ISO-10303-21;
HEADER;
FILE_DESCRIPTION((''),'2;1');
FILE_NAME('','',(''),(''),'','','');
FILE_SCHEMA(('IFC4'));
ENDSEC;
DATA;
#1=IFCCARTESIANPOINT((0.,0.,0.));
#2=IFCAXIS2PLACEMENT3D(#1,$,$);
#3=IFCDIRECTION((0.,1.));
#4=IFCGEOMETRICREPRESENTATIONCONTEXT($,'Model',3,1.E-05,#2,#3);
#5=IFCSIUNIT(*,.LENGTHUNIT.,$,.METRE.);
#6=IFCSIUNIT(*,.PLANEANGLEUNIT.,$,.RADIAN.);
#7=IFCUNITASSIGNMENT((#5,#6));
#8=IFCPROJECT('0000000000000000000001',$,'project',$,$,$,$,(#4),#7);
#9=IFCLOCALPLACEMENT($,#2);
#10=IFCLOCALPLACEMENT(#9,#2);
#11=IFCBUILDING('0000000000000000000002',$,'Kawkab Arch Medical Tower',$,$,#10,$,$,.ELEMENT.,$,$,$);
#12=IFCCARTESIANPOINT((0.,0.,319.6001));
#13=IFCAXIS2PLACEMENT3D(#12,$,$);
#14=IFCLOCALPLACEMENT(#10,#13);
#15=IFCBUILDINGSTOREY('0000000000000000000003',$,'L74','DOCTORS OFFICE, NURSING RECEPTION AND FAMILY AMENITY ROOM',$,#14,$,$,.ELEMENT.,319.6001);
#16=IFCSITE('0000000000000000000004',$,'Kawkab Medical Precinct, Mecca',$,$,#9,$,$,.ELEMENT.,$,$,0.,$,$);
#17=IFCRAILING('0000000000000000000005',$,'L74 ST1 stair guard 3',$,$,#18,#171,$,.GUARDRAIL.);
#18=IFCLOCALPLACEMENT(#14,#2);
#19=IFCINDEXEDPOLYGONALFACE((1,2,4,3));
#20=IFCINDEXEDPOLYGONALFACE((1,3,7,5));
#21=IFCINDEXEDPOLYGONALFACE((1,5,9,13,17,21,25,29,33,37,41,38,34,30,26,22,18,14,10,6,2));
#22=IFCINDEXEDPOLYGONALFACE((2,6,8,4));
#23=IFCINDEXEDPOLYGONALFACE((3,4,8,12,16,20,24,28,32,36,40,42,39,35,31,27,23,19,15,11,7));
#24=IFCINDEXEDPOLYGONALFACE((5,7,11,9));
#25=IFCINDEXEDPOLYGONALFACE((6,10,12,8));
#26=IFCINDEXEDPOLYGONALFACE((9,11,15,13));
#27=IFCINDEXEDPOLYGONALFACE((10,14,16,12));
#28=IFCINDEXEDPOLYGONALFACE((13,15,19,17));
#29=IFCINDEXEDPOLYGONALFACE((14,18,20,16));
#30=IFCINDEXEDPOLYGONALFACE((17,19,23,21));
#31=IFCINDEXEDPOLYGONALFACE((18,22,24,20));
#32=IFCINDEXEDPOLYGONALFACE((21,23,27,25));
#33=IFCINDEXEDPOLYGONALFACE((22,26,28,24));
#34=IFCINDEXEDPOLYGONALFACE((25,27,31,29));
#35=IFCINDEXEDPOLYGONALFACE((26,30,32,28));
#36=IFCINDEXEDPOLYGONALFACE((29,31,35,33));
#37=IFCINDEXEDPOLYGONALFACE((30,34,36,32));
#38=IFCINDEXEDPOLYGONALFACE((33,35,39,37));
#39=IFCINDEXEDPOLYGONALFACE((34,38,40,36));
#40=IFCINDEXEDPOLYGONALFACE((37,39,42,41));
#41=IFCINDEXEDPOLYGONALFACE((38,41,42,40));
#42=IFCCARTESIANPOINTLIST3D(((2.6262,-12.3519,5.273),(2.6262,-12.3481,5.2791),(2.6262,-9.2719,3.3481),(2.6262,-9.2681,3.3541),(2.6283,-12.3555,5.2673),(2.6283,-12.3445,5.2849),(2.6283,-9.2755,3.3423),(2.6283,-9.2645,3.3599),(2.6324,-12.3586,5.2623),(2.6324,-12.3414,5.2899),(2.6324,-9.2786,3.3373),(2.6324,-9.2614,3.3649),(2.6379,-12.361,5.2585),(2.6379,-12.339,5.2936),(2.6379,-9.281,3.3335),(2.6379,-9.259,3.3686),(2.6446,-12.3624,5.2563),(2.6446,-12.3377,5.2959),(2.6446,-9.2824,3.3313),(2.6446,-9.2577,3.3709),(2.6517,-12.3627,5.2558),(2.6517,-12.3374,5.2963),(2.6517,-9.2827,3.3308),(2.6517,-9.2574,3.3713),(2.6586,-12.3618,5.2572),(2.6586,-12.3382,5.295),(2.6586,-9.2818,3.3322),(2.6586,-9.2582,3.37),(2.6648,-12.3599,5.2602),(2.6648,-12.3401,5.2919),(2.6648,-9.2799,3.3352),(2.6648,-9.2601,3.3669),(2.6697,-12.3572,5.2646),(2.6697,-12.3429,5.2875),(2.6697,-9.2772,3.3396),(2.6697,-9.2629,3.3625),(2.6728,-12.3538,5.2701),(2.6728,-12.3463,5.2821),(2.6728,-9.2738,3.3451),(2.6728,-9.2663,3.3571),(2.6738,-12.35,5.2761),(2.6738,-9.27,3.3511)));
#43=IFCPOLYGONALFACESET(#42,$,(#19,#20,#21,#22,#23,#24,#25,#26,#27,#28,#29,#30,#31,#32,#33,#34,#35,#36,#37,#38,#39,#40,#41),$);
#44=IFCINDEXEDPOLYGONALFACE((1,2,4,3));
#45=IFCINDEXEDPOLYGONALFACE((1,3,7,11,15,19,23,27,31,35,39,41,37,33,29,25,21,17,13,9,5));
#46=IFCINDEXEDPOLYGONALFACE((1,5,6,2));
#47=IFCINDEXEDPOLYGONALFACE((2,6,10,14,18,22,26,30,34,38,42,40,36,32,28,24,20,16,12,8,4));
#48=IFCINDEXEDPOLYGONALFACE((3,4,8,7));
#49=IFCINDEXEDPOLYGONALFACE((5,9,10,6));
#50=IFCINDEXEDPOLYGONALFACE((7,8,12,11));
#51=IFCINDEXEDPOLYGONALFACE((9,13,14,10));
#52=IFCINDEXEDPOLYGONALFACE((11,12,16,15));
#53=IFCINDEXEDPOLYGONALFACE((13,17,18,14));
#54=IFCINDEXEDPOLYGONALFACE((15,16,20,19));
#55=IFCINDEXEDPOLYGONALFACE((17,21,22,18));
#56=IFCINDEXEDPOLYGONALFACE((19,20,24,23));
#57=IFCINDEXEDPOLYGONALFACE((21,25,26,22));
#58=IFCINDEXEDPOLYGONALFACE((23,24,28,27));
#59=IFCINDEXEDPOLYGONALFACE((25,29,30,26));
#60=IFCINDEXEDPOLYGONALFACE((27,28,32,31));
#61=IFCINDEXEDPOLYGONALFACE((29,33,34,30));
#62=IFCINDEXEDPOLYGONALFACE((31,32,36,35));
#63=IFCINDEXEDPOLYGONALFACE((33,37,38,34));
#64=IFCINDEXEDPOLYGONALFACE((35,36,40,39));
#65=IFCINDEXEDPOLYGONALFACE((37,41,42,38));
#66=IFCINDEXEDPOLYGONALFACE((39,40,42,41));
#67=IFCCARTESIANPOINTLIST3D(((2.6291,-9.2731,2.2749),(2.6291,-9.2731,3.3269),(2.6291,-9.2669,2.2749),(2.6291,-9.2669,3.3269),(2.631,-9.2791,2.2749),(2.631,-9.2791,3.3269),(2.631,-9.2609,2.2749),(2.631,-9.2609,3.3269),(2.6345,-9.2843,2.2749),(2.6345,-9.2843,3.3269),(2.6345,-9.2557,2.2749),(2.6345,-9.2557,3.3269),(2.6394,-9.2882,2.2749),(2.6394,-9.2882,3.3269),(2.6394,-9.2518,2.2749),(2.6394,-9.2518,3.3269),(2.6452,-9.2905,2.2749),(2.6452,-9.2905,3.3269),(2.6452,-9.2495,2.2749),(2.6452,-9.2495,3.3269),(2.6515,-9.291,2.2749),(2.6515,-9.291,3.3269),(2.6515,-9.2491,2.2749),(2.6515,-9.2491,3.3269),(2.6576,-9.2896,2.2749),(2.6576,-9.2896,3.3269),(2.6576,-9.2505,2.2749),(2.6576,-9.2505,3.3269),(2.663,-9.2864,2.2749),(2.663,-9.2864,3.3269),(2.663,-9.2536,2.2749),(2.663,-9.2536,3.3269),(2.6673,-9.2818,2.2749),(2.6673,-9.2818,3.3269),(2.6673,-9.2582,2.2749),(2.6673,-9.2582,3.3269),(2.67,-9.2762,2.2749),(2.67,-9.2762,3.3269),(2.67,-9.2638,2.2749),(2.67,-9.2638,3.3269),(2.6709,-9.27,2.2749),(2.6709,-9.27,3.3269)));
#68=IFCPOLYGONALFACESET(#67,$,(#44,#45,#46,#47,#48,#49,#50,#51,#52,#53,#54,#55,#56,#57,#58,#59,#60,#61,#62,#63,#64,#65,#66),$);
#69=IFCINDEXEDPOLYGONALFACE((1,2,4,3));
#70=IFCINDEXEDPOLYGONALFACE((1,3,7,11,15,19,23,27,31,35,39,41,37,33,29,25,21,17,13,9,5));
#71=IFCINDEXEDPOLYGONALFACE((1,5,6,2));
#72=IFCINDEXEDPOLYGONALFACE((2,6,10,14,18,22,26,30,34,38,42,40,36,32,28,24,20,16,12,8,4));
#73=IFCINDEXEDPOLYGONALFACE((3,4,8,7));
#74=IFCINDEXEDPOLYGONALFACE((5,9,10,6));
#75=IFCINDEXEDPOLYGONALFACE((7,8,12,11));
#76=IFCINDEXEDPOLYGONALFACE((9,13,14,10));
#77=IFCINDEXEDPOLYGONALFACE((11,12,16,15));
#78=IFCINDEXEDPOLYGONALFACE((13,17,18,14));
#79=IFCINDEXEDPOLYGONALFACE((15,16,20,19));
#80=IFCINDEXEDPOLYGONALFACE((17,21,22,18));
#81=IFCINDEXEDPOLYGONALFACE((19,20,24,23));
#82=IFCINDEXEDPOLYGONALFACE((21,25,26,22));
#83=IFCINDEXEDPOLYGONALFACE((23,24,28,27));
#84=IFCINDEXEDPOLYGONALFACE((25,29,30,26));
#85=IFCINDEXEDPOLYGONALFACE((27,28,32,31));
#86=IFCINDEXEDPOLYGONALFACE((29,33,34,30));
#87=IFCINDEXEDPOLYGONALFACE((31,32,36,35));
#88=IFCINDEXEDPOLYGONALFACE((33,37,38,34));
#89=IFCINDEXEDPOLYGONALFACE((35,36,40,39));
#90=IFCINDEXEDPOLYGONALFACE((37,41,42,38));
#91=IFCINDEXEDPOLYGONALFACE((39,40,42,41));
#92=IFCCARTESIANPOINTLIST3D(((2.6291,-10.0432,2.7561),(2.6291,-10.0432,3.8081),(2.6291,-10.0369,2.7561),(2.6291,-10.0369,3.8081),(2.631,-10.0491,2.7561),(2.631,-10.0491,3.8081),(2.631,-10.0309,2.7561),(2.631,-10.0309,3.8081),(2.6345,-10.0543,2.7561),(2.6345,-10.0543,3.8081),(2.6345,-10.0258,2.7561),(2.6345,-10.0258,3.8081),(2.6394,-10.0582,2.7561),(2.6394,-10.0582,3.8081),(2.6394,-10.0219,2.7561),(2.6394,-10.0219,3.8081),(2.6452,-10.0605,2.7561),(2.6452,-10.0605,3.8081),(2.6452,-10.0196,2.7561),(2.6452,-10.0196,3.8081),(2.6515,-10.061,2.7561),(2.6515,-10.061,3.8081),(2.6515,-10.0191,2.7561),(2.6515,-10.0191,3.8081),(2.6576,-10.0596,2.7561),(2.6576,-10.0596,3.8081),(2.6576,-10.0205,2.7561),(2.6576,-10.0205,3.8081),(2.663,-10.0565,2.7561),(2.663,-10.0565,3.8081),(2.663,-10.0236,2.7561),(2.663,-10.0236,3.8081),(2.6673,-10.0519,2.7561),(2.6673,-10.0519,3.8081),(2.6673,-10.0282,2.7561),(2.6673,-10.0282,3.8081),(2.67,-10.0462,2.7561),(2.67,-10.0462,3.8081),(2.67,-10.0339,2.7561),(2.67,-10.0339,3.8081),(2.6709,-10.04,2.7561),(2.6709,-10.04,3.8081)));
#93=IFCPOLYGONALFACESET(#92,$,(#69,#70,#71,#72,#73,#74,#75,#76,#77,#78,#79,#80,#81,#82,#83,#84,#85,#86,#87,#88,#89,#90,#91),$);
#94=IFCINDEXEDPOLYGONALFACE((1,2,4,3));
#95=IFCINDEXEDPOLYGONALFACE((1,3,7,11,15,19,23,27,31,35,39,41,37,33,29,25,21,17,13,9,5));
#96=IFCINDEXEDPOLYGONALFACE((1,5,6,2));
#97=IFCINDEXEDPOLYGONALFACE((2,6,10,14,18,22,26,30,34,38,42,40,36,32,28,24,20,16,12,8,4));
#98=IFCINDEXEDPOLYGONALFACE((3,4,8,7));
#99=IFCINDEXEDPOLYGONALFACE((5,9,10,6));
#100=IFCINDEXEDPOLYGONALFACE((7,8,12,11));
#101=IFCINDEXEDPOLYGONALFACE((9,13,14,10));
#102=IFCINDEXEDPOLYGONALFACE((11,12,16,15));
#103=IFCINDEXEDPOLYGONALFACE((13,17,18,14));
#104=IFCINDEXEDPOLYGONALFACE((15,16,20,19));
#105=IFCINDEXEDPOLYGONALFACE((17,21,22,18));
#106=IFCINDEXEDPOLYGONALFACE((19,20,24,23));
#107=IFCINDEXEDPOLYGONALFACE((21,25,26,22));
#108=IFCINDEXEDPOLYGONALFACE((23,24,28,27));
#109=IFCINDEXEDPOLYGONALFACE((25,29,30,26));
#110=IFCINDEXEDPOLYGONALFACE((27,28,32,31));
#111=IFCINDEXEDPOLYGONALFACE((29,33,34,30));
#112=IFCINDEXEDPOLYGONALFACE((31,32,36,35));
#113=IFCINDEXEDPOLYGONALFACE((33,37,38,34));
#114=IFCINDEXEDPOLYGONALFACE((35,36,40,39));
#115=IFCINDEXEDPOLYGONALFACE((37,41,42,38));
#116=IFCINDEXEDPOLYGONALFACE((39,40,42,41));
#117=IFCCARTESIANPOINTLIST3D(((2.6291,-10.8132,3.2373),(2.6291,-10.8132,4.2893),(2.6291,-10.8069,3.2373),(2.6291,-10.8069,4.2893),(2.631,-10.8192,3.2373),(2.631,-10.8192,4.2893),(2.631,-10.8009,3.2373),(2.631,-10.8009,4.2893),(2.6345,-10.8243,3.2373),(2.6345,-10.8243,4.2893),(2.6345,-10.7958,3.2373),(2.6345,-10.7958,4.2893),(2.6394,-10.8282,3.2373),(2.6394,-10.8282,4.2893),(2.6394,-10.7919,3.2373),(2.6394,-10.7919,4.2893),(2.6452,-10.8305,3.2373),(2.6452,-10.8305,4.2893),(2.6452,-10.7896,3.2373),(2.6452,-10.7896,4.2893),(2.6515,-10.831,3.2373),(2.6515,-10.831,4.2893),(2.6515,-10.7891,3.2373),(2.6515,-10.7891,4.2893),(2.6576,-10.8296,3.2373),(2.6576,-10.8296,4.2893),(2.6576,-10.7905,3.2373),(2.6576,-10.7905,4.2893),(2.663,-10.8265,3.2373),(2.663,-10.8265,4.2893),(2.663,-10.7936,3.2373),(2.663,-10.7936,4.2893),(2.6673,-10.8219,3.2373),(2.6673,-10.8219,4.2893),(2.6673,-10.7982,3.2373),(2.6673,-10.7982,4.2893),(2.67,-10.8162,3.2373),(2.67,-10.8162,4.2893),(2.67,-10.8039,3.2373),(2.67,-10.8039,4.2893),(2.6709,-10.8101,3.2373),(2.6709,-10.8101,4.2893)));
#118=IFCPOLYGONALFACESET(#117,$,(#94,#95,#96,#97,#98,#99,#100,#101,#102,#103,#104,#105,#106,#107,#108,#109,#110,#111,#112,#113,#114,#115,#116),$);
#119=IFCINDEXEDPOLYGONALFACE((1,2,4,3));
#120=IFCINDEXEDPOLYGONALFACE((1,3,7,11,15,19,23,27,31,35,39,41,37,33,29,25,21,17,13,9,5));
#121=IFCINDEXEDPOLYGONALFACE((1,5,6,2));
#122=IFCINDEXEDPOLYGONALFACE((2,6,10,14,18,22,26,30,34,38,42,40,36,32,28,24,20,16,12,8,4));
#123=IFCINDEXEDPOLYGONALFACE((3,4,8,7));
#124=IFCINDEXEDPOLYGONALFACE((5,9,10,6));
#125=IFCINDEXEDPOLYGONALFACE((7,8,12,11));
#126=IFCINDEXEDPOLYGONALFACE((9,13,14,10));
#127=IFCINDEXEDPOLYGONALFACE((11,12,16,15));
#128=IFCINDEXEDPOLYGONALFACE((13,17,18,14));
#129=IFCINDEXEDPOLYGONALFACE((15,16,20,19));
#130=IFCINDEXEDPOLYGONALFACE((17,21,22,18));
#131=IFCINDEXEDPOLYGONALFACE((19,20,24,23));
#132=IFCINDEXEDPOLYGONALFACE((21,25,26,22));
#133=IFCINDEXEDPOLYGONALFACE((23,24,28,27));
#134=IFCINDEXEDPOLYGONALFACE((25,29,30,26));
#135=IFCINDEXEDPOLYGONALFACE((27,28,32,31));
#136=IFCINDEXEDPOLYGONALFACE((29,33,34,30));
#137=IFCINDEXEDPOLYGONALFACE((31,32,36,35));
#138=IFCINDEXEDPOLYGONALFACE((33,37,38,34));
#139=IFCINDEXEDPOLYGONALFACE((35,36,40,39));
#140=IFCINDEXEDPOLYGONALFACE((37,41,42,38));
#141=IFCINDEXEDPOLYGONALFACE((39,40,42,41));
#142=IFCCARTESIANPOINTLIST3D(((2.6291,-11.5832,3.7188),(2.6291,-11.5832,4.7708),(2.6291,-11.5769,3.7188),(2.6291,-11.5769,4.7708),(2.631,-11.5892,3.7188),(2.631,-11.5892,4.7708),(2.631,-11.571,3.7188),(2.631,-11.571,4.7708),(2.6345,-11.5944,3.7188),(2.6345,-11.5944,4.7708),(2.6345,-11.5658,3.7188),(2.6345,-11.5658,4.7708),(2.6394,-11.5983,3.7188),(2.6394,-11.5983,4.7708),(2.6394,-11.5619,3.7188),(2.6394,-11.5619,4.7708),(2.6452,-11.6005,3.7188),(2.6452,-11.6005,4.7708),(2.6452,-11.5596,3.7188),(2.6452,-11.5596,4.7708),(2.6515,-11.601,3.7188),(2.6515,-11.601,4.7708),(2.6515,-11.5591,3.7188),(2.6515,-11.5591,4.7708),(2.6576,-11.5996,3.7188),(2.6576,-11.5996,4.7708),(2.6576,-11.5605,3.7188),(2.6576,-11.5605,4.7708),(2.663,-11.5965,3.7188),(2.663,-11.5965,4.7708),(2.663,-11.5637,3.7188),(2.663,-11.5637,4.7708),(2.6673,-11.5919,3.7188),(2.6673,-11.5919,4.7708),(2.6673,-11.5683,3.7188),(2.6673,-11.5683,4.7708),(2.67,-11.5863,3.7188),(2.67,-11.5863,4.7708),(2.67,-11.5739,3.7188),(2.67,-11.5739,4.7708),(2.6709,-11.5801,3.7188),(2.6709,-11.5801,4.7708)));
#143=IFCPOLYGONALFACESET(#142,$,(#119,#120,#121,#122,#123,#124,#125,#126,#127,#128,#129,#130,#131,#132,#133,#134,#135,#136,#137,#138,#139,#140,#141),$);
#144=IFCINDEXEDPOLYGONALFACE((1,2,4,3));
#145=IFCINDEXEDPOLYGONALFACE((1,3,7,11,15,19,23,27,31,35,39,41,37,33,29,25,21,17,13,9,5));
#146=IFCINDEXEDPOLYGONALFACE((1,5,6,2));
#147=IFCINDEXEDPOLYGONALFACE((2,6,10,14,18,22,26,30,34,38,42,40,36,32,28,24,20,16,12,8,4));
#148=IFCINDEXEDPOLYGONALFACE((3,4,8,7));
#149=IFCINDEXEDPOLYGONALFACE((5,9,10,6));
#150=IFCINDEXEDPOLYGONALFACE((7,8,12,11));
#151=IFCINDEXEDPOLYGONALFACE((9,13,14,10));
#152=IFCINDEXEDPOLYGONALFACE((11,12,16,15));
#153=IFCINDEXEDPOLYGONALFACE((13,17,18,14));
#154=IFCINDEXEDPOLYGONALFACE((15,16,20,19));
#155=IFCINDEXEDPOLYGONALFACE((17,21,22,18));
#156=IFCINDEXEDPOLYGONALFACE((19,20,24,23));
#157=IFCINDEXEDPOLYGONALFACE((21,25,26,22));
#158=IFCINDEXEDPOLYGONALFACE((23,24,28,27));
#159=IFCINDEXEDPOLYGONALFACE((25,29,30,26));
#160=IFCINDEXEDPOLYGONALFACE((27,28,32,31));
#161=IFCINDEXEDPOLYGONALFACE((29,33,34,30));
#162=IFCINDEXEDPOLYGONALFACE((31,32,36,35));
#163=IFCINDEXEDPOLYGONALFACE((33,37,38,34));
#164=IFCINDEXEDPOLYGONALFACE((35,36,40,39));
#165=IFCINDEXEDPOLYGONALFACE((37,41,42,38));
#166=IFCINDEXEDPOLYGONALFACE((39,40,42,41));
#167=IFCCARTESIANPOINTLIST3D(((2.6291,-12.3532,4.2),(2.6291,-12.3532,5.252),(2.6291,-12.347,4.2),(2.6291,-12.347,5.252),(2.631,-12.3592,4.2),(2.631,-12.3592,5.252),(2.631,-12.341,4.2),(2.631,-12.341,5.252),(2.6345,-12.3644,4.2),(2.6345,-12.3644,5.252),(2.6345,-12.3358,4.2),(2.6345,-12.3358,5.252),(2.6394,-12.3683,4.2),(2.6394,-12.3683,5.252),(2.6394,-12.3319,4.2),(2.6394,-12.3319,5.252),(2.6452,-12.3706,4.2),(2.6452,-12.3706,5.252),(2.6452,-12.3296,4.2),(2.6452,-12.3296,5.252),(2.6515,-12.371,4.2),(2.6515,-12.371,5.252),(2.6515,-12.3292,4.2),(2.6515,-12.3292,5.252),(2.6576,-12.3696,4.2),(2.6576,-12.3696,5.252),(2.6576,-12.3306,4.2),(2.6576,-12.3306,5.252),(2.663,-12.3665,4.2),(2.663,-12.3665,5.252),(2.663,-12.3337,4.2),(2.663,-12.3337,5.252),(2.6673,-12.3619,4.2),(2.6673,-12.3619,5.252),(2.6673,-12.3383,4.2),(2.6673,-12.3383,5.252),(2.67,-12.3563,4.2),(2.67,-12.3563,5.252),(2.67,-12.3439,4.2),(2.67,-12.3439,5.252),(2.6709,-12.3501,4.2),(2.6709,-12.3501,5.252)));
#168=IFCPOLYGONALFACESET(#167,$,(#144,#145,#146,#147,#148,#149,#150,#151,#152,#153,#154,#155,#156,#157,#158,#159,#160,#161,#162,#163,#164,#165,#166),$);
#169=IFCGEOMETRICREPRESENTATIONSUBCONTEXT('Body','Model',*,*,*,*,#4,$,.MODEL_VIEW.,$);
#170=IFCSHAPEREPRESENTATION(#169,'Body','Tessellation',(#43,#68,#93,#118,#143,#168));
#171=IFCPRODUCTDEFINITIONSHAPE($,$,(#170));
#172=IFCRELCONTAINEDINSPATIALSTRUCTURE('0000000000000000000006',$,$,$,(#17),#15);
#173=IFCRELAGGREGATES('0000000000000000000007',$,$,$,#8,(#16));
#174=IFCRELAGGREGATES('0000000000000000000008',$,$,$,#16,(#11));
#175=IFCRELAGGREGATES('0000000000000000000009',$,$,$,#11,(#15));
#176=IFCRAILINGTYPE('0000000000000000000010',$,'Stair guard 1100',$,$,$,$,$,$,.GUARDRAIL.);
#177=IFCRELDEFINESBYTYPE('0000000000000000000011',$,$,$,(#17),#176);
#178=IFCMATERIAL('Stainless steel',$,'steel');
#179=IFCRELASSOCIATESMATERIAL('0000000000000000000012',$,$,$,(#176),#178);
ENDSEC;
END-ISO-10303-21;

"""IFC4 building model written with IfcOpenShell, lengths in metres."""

from ifc_helpers import new_model, si_unit, direction, frame, origin, origin_2d, place, context, subcontext, project, spatial, circle, extrude, material, type_object, element, save


model = new_model("IFC4")

# Units and contexts
model_context = context("Model", 3, precision=1e-05, world=origin(), true_north=direction((0.0, 1.0)))
body_context = subcontext(model_context, "Body", "Model", "MODEL_VIEW")
ifc_project = project(units=[si_unit("LENGTHUNIT", "METRE"), si_unit("PLANEANGLEUNIT", "RADIAN")], contexts=[model_context])

# Site, building, storey
site_placement = place(None, origin())
site = spatial("IfcSite", under=ifc_project, at=site_placement, Name="Kawkab Medical Precinct, Mecca", CompositionType="ELEMENT", RefElevation=0.0)
building_placement = place(site_placement, origin())
building = spatial("IfcBuilding", under=site, at=building_placement, Name="Kawkab Arch Medical Tower", CompositionType="ELEMENT")
storey_placement = place(building_placement, frame((0.0, 0.0, 319.6001)))
storey = spatial("IfcBuildingStorey", under=building, at=storey_placement, Name="L74", Description="DOCTORS OFFICE, NURSING RECEPTION AND FAMILY AMENITY ROOM", CompositionType="ELEMENT", Elevation=319.6001)

# Railing
ifc_material_1 = material(Name="Stainless steel", Category="steel")
railing_type = type_object("IfcRailingType", Name="Stair guard 1100", PredefinedType="GUARDRAIL", material=ifc_material_1)
railing_1_placement = place(storey_placement, frame((2.6499, -9.27, 2.2749)))
element("IfcRailing", 1, at=railing_1_placement, inside=storey, type_object=railing_type, Name="L74 ST1 stair guard 3", PredefinedType="GUARDRAIL", context=body_context, shape_type="SweptSolid", body=[
    extrude(circle(Radius=0.0239, at=origin_2d()), frame((0.0, 0.0, 1.0762), z_axis=(0.0, -0.847998, 0.529999), x_axis=(1.0, 0.0, 0.0)), (0.0, 0.0, 1.0), 3.6321),
    extrude(circle(Radius=0.021, at=origin_2d()), origin(), (0.0, 0.0, 1.0), 1.052),
    extrude(circle(Radius=0.021, at=origin_2d()), frame((0.0, -0.77, 0.4812)), (0.0, 0.0, 1.0), 1.052),
    extrude(circle(Radius=0.021, at=origin_2d()), frame((0.0, -1.54, 0.9624)), (0.0, 0.0, 1.0), 1.052),
    extrude(circle(Radius=0.021, at=origin_2d()), frame((0.0, -2.3101, 1.4438)), (0.0, 0.0, 1.0), 1.052),
    extrude(circle(Radius=0.021, at=origin_2d()), frame((0.0, -3.0801, 1.925)), (0.0, 0.0, 1.0), 1.052),
])

save(model, "model.ifc")
